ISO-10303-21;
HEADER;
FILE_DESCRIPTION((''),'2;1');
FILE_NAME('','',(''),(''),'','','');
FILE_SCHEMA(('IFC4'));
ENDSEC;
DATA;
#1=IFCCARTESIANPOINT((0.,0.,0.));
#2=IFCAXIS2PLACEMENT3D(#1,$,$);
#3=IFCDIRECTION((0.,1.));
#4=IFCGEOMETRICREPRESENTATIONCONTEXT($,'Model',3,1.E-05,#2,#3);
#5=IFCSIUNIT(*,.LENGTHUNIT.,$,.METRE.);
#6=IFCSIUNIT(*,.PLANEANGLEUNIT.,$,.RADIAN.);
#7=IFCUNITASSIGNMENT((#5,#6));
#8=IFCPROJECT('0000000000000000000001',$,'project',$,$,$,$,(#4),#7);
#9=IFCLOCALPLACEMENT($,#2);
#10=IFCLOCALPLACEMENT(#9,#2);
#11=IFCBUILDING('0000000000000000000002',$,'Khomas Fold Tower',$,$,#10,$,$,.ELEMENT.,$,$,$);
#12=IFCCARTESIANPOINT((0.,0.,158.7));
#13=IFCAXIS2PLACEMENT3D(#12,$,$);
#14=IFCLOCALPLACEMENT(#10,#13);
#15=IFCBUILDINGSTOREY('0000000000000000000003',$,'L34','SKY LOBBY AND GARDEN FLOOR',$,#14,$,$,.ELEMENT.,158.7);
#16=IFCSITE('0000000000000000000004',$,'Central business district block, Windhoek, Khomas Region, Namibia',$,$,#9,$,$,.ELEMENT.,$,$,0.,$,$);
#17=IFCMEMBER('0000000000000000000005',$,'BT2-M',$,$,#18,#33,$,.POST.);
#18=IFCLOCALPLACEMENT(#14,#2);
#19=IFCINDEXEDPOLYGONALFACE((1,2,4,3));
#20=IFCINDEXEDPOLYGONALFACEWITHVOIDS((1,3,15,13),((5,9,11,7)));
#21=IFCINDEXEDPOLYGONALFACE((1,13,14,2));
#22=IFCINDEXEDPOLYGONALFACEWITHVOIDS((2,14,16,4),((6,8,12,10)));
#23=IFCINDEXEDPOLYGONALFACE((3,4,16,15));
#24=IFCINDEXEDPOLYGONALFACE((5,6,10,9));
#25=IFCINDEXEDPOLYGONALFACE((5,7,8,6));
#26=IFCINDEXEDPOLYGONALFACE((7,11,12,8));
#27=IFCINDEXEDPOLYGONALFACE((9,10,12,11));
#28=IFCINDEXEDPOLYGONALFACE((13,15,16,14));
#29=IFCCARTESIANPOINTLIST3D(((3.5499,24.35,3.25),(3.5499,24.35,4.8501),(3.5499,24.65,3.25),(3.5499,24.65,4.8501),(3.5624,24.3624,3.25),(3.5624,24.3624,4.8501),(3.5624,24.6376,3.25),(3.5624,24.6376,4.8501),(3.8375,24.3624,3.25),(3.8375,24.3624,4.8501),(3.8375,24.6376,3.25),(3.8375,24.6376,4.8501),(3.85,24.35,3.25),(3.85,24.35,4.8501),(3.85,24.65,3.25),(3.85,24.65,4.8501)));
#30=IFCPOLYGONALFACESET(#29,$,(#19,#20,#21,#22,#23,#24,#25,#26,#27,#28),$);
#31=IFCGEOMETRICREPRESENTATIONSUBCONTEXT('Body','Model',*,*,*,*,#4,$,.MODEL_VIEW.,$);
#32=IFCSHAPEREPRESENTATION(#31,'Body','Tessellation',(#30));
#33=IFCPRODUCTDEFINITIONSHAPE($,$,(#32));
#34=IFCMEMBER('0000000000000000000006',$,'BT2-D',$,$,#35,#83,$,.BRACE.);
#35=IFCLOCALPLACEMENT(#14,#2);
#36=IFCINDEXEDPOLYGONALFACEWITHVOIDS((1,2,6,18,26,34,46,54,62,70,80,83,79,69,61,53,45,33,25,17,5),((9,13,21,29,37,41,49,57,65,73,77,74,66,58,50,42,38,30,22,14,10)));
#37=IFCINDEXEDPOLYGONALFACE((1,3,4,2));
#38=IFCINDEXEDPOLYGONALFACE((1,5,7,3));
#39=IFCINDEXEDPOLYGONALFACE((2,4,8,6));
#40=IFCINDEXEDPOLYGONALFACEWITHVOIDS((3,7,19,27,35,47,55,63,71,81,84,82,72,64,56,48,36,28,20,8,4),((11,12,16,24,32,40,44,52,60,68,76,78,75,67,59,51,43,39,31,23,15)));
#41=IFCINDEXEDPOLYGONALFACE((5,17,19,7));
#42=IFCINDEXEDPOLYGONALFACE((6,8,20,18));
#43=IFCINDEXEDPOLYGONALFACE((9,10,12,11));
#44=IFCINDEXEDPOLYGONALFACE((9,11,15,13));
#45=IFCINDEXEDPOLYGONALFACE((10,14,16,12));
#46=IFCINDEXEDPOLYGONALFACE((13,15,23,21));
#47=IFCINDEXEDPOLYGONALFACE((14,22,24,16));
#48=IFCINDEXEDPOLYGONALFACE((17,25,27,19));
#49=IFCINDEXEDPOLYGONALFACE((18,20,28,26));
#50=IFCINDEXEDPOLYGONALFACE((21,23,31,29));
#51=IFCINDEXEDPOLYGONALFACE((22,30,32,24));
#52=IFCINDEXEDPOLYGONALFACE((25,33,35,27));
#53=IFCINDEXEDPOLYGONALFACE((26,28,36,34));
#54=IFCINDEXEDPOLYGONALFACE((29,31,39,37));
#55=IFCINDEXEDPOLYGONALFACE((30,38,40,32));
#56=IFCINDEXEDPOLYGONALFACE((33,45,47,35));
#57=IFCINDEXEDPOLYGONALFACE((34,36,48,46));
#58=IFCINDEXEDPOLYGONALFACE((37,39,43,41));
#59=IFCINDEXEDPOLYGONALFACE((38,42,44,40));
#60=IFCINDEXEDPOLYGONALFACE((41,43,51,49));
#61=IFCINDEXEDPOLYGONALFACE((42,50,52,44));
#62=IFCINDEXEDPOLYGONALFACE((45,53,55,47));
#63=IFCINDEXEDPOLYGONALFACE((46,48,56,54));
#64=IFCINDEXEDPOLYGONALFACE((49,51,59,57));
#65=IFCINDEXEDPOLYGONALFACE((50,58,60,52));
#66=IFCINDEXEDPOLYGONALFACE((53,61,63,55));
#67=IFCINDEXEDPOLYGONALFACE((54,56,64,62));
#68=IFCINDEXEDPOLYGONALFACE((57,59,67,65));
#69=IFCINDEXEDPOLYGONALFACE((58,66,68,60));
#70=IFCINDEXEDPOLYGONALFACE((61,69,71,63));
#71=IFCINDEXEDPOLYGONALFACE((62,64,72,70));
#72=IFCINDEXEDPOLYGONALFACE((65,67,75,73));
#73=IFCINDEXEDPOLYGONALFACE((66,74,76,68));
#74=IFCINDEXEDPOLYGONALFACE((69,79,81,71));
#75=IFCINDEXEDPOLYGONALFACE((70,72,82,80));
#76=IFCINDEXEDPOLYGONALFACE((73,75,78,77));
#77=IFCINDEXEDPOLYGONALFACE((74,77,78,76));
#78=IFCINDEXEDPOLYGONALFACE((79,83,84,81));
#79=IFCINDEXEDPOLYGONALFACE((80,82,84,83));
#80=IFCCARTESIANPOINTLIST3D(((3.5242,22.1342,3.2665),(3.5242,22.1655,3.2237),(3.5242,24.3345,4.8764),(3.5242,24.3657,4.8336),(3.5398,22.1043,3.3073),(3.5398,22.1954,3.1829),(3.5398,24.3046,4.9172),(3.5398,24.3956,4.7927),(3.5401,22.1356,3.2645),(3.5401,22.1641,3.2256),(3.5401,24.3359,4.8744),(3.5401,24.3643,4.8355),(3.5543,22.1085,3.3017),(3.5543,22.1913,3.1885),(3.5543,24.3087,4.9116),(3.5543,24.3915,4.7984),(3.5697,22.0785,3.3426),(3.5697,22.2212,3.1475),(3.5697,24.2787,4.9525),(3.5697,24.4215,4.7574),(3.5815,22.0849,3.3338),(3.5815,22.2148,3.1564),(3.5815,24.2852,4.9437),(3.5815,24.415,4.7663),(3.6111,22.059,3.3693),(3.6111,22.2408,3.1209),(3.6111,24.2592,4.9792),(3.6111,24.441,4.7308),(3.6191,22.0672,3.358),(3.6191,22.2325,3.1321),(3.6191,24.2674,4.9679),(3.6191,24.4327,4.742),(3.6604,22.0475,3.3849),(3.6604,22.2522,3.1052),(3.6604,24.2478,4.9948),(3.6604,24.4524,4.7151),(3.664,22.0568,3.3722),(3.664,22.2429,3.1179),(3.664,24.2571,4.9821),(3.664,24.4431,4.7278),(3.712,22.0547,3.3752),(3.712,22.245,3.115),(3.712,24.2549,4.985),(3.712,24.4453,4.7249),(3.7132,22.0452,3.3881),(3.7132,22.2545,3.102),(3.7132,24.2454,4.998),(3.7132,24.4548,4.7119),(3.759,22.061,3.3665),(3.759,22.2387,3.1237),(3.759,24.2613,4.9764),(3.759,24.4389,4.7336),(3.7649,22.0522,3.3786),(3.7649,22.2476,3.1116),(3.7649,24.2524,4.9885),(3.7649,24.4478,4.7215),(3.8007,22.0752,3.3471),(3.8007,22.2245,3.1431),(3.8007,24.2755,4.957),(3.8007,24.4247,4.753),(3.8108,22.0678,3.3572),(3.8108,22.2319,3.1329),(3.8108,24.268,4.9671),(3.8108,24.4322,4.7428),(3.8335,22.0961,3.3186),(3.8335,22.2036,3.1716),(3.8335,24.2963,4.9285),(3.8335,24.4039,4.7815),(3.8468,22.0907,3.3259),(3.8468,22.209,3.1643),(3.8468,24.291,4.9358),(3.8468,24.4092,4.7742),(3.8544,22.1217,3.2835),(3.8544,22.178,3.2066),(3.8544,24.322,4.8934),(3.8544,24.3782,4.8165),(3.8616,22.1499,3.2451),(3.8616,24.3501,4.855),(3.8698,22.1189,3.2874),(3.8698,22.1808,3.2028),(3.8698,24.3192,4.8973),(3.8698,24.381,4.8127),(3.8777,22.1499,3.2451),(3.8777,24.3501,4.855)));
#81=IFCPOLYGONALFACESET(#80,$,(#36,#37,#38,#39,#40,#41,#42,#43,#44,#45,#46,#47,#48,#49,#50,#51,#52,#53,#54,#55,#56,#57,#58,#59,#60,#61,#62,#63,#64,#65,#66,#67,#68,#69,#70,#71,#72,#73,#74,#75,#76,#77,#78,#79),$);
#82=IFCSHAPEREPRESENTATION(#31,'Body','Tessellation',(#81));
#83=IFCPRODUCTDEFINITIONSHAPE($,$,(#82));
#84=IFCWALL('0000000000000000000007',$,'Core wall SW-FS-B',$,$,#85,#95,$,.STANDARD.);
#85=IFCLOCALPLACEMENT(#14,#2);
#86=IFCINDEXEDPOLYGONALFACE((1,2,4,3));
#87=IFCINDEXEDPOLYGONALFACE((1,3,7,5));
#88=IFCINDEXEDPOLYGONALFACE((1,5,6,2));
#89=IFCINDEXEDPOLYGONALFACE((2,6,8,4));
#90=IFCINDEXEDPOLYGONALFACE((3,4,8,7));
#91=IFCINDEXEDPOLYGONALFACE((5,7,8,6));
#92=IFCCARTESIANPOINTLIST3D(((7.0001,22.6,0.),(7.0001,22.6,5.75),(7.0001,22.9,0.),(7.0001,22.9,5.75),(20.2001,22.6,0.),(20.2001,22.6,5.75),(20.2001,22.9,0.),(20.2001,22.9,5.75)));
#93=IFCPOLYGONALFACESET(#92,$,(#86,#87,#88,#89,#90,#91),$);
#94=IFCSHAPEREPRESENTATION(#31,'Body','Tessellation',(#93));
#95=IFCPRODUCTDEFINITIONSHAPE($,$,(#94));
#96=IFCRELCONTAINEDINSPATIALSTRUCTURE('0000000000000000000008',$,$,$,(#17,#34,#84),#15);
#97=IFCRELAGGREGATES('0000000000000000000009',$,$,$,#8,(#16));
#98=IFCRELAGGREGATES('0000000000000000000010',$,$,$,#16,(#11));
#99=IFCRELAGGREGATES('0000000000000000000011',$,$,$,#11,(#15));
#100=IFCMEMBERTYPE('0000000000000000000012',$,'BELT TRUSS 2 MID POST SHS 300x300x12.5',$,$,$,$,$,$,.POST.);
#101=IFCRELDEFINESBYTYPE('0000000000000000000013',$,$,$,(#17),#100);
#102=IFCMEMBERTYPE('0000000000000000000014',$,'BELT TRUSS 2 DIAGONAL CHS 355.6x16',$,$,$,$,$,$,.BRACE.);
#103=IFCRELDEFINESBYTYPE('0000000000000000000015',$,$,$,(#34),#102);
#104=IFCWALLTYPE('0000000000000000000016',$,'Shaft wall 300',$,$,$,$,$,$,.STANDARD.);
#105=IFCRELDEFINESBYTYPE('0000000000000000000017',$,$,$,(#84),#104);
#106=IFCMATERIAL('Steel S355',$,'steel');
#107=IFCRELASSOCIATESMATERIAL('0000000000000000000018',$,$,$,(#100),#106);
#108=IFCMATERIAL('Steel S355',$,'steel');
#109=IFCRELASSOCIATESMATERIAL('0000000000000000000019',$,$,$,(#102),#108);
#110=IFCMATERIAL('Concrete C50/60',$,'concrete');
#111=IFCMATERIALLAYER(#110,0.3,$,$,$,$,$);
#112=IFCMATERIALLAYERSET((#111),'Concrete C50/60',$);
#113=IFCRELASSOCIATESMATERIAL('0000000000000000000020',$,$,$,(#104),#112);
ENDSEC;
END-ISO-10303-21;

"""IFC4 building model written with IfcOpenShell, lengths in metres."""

from ifc_helpers import new_model, si_unit, direction, frame, frame_2d, origin, origin_2d, place, context, subcontext, project, spatial, rectangle, hollow_rectangle, hollow_circle, extrude, source, transform, mapped, material, layer, layer_set, material_profile, profile_set, type_object, element, save


model = new_model("IFC4")

# Units and contexts
model_context = context("Model", 3, precision=1e-05, world=origin(), true_north=direction((0.0, 1.0)))
body_context = subcontext(model_context, "Body", "Model", "MODEL_VIEW")
ifc_project = project(units=[si_unit("LENGTHUNIT", "METRE"), si_unit("PLANEANGLEUNIT", "RADIAN")], contexts=[model_context])

# Site, building, storey
site_placement = place(None, origin())
site = spatial("IfcSite", under=ifc_project, at=site_placement, Name="Central business district block, Windhoek, Khomas Region, Namibia", CompositionType="ELEMENT", RefElevation=0.0)
building_placement = place(site_placement, origin())
building = spatial("IfcBuilding", under=site, at=building_placement, Name="Khomas Fold Tower", CompositionType="ELEMENT")
storey_placement = place(building_placement, frame((0.0, 0.0, 158.7)))
storey = spatial("IfcBuildingStorey", under=building, at=storey_placement, Name="L34", Description="SKY LOBBY AND GARDEN FLOOR", CompositionType="ELEMENT", Elevation=158.7)

# Members
ifc_material_1 = material(Name="Steel S355", Category="steel")
ifc_material_profile_1 = material_profile(ifc_material_1, hollow_rectangle(XDim=0.3, YDim=0.3, WallThickness=0.0125, at=origin_2d()), Name="SHS 300x300x12.5")
ifc_profile_set_1 = profile_set([ifc_material_profile_1], Name="Steel S355")
member_type_1 = type_object("IfcMemberType", Name="BELT TRUSS 2 MID POST SHS 300x300x12.5", PredefinedType="POST", material=ifc_profile_set_1)
shared_shape_1 = source(origin(), body_context, "Body", "SweptSolid", [
    extrude(hollow_rectangle(XDim=0.3, YDim=0.3, WallThickness=0.0125, at=origin_2d()), origin(), (0.0, 0.0, 1.0), 1.6001),
])
member_1_placement = place(storey_placement, frame((3.7, 24.5, 3.25), z_axis=(0.0, 0.0, 1.0), x_axis=(1.0, 0.0, 0.0)))
element("IfcMember", 1, at=member_1_placement, inside=storey, type_object=member_type_1, Name="BT2-M", PredefinedType="POST", context=body_context, shape_type="MappedRepresentation", body=[
    mapped(shared_shape_1, transform((0.0, 0.0, 0.0))),
])
ifc_material_2 = material(Name="Steel S355", Category="steel")
ifc_material_profile_2 = material_profile(ifc_material_2, hollow_circle(Radius=0.1777, WallThickness=0.0161, at=origin_2d()), Name="CHS 355.6x16")
ifc_profile_set_2 = profile_set([ifc_material_profile_2], Name="Steel S355")
member_type_2 = type_object("IfcMemberType", Name="BELT TRUSS 2 DIAGONAL CHS 355.6x16", PredefinedType="BRACE", material=ifc_profile_set_2)
shared_shape_2 = source(origin(), body_context, "Body", "SweptSolid", [
    extrude(hollow_circle(Radius=0.1777, WallThickness=0.0161, at=origin_2d()), origin(), (0.0, 0.0, 1.0), 2.7263),
])
member_2_placement = place(storey_placement, frame((3.7, 24.3501, 4.855), z_axis=(0.0, -0.807037, -0.590501), x_axis=(1.0, 0.0, 0.0)))
element("IfcMember", 2, at=member_2_placement, inside=storey, type_object=member_type_2, Name="BT2-D", PredefinedType="BRACE", context=body_context, shape_type="MappedRepresentation", body=[
    mapped(shared_shape_2, transform((0.0, 0.0, 0.0))),
])

# Wall
ifc_material_3 = material(Name="Concrete C50/60", Category="concrete")
ifc_layer_1 = layer(ifc_material_3, 0.3)
ifc_layer_set_1 = layer_set([ifc_layer_1], Name="Concrete C50/60")
wall_type_1 = type_object("IfcWallType", Name="Shaft wall 300", PredefinedType="STANDARD", material=ifc_layer_set_1)
shared_shape_3 = source(origin(), body_context, "Body", "SweptSolid", [
    extrude(rectangle(XDim=13.2, YDim=0.3, at=frame_2d((6.6001, 0.0))), origin(), (0.0, 0.0, 1.0), 5.75),
])
wall_1_placement = place(storey_placement, frame((7.0, 22.75, 0.0), z_axis=(0.0, 0.0, 1.0), x_axis=(1.0, 0.0, 0.0)))
element("IfcWall", 3, at=wall_1_placement, inside=storey, type_object=wall_type_1, Name="Core wall SW-FS-B", PredefinedType="STANDARD", context=body_context, shape_type="MappedRepresentation", body=[
    mapped(shared_shape_3, transform((0.0, 0.0, 0.0))),
])

save(model, "model.ifc")
